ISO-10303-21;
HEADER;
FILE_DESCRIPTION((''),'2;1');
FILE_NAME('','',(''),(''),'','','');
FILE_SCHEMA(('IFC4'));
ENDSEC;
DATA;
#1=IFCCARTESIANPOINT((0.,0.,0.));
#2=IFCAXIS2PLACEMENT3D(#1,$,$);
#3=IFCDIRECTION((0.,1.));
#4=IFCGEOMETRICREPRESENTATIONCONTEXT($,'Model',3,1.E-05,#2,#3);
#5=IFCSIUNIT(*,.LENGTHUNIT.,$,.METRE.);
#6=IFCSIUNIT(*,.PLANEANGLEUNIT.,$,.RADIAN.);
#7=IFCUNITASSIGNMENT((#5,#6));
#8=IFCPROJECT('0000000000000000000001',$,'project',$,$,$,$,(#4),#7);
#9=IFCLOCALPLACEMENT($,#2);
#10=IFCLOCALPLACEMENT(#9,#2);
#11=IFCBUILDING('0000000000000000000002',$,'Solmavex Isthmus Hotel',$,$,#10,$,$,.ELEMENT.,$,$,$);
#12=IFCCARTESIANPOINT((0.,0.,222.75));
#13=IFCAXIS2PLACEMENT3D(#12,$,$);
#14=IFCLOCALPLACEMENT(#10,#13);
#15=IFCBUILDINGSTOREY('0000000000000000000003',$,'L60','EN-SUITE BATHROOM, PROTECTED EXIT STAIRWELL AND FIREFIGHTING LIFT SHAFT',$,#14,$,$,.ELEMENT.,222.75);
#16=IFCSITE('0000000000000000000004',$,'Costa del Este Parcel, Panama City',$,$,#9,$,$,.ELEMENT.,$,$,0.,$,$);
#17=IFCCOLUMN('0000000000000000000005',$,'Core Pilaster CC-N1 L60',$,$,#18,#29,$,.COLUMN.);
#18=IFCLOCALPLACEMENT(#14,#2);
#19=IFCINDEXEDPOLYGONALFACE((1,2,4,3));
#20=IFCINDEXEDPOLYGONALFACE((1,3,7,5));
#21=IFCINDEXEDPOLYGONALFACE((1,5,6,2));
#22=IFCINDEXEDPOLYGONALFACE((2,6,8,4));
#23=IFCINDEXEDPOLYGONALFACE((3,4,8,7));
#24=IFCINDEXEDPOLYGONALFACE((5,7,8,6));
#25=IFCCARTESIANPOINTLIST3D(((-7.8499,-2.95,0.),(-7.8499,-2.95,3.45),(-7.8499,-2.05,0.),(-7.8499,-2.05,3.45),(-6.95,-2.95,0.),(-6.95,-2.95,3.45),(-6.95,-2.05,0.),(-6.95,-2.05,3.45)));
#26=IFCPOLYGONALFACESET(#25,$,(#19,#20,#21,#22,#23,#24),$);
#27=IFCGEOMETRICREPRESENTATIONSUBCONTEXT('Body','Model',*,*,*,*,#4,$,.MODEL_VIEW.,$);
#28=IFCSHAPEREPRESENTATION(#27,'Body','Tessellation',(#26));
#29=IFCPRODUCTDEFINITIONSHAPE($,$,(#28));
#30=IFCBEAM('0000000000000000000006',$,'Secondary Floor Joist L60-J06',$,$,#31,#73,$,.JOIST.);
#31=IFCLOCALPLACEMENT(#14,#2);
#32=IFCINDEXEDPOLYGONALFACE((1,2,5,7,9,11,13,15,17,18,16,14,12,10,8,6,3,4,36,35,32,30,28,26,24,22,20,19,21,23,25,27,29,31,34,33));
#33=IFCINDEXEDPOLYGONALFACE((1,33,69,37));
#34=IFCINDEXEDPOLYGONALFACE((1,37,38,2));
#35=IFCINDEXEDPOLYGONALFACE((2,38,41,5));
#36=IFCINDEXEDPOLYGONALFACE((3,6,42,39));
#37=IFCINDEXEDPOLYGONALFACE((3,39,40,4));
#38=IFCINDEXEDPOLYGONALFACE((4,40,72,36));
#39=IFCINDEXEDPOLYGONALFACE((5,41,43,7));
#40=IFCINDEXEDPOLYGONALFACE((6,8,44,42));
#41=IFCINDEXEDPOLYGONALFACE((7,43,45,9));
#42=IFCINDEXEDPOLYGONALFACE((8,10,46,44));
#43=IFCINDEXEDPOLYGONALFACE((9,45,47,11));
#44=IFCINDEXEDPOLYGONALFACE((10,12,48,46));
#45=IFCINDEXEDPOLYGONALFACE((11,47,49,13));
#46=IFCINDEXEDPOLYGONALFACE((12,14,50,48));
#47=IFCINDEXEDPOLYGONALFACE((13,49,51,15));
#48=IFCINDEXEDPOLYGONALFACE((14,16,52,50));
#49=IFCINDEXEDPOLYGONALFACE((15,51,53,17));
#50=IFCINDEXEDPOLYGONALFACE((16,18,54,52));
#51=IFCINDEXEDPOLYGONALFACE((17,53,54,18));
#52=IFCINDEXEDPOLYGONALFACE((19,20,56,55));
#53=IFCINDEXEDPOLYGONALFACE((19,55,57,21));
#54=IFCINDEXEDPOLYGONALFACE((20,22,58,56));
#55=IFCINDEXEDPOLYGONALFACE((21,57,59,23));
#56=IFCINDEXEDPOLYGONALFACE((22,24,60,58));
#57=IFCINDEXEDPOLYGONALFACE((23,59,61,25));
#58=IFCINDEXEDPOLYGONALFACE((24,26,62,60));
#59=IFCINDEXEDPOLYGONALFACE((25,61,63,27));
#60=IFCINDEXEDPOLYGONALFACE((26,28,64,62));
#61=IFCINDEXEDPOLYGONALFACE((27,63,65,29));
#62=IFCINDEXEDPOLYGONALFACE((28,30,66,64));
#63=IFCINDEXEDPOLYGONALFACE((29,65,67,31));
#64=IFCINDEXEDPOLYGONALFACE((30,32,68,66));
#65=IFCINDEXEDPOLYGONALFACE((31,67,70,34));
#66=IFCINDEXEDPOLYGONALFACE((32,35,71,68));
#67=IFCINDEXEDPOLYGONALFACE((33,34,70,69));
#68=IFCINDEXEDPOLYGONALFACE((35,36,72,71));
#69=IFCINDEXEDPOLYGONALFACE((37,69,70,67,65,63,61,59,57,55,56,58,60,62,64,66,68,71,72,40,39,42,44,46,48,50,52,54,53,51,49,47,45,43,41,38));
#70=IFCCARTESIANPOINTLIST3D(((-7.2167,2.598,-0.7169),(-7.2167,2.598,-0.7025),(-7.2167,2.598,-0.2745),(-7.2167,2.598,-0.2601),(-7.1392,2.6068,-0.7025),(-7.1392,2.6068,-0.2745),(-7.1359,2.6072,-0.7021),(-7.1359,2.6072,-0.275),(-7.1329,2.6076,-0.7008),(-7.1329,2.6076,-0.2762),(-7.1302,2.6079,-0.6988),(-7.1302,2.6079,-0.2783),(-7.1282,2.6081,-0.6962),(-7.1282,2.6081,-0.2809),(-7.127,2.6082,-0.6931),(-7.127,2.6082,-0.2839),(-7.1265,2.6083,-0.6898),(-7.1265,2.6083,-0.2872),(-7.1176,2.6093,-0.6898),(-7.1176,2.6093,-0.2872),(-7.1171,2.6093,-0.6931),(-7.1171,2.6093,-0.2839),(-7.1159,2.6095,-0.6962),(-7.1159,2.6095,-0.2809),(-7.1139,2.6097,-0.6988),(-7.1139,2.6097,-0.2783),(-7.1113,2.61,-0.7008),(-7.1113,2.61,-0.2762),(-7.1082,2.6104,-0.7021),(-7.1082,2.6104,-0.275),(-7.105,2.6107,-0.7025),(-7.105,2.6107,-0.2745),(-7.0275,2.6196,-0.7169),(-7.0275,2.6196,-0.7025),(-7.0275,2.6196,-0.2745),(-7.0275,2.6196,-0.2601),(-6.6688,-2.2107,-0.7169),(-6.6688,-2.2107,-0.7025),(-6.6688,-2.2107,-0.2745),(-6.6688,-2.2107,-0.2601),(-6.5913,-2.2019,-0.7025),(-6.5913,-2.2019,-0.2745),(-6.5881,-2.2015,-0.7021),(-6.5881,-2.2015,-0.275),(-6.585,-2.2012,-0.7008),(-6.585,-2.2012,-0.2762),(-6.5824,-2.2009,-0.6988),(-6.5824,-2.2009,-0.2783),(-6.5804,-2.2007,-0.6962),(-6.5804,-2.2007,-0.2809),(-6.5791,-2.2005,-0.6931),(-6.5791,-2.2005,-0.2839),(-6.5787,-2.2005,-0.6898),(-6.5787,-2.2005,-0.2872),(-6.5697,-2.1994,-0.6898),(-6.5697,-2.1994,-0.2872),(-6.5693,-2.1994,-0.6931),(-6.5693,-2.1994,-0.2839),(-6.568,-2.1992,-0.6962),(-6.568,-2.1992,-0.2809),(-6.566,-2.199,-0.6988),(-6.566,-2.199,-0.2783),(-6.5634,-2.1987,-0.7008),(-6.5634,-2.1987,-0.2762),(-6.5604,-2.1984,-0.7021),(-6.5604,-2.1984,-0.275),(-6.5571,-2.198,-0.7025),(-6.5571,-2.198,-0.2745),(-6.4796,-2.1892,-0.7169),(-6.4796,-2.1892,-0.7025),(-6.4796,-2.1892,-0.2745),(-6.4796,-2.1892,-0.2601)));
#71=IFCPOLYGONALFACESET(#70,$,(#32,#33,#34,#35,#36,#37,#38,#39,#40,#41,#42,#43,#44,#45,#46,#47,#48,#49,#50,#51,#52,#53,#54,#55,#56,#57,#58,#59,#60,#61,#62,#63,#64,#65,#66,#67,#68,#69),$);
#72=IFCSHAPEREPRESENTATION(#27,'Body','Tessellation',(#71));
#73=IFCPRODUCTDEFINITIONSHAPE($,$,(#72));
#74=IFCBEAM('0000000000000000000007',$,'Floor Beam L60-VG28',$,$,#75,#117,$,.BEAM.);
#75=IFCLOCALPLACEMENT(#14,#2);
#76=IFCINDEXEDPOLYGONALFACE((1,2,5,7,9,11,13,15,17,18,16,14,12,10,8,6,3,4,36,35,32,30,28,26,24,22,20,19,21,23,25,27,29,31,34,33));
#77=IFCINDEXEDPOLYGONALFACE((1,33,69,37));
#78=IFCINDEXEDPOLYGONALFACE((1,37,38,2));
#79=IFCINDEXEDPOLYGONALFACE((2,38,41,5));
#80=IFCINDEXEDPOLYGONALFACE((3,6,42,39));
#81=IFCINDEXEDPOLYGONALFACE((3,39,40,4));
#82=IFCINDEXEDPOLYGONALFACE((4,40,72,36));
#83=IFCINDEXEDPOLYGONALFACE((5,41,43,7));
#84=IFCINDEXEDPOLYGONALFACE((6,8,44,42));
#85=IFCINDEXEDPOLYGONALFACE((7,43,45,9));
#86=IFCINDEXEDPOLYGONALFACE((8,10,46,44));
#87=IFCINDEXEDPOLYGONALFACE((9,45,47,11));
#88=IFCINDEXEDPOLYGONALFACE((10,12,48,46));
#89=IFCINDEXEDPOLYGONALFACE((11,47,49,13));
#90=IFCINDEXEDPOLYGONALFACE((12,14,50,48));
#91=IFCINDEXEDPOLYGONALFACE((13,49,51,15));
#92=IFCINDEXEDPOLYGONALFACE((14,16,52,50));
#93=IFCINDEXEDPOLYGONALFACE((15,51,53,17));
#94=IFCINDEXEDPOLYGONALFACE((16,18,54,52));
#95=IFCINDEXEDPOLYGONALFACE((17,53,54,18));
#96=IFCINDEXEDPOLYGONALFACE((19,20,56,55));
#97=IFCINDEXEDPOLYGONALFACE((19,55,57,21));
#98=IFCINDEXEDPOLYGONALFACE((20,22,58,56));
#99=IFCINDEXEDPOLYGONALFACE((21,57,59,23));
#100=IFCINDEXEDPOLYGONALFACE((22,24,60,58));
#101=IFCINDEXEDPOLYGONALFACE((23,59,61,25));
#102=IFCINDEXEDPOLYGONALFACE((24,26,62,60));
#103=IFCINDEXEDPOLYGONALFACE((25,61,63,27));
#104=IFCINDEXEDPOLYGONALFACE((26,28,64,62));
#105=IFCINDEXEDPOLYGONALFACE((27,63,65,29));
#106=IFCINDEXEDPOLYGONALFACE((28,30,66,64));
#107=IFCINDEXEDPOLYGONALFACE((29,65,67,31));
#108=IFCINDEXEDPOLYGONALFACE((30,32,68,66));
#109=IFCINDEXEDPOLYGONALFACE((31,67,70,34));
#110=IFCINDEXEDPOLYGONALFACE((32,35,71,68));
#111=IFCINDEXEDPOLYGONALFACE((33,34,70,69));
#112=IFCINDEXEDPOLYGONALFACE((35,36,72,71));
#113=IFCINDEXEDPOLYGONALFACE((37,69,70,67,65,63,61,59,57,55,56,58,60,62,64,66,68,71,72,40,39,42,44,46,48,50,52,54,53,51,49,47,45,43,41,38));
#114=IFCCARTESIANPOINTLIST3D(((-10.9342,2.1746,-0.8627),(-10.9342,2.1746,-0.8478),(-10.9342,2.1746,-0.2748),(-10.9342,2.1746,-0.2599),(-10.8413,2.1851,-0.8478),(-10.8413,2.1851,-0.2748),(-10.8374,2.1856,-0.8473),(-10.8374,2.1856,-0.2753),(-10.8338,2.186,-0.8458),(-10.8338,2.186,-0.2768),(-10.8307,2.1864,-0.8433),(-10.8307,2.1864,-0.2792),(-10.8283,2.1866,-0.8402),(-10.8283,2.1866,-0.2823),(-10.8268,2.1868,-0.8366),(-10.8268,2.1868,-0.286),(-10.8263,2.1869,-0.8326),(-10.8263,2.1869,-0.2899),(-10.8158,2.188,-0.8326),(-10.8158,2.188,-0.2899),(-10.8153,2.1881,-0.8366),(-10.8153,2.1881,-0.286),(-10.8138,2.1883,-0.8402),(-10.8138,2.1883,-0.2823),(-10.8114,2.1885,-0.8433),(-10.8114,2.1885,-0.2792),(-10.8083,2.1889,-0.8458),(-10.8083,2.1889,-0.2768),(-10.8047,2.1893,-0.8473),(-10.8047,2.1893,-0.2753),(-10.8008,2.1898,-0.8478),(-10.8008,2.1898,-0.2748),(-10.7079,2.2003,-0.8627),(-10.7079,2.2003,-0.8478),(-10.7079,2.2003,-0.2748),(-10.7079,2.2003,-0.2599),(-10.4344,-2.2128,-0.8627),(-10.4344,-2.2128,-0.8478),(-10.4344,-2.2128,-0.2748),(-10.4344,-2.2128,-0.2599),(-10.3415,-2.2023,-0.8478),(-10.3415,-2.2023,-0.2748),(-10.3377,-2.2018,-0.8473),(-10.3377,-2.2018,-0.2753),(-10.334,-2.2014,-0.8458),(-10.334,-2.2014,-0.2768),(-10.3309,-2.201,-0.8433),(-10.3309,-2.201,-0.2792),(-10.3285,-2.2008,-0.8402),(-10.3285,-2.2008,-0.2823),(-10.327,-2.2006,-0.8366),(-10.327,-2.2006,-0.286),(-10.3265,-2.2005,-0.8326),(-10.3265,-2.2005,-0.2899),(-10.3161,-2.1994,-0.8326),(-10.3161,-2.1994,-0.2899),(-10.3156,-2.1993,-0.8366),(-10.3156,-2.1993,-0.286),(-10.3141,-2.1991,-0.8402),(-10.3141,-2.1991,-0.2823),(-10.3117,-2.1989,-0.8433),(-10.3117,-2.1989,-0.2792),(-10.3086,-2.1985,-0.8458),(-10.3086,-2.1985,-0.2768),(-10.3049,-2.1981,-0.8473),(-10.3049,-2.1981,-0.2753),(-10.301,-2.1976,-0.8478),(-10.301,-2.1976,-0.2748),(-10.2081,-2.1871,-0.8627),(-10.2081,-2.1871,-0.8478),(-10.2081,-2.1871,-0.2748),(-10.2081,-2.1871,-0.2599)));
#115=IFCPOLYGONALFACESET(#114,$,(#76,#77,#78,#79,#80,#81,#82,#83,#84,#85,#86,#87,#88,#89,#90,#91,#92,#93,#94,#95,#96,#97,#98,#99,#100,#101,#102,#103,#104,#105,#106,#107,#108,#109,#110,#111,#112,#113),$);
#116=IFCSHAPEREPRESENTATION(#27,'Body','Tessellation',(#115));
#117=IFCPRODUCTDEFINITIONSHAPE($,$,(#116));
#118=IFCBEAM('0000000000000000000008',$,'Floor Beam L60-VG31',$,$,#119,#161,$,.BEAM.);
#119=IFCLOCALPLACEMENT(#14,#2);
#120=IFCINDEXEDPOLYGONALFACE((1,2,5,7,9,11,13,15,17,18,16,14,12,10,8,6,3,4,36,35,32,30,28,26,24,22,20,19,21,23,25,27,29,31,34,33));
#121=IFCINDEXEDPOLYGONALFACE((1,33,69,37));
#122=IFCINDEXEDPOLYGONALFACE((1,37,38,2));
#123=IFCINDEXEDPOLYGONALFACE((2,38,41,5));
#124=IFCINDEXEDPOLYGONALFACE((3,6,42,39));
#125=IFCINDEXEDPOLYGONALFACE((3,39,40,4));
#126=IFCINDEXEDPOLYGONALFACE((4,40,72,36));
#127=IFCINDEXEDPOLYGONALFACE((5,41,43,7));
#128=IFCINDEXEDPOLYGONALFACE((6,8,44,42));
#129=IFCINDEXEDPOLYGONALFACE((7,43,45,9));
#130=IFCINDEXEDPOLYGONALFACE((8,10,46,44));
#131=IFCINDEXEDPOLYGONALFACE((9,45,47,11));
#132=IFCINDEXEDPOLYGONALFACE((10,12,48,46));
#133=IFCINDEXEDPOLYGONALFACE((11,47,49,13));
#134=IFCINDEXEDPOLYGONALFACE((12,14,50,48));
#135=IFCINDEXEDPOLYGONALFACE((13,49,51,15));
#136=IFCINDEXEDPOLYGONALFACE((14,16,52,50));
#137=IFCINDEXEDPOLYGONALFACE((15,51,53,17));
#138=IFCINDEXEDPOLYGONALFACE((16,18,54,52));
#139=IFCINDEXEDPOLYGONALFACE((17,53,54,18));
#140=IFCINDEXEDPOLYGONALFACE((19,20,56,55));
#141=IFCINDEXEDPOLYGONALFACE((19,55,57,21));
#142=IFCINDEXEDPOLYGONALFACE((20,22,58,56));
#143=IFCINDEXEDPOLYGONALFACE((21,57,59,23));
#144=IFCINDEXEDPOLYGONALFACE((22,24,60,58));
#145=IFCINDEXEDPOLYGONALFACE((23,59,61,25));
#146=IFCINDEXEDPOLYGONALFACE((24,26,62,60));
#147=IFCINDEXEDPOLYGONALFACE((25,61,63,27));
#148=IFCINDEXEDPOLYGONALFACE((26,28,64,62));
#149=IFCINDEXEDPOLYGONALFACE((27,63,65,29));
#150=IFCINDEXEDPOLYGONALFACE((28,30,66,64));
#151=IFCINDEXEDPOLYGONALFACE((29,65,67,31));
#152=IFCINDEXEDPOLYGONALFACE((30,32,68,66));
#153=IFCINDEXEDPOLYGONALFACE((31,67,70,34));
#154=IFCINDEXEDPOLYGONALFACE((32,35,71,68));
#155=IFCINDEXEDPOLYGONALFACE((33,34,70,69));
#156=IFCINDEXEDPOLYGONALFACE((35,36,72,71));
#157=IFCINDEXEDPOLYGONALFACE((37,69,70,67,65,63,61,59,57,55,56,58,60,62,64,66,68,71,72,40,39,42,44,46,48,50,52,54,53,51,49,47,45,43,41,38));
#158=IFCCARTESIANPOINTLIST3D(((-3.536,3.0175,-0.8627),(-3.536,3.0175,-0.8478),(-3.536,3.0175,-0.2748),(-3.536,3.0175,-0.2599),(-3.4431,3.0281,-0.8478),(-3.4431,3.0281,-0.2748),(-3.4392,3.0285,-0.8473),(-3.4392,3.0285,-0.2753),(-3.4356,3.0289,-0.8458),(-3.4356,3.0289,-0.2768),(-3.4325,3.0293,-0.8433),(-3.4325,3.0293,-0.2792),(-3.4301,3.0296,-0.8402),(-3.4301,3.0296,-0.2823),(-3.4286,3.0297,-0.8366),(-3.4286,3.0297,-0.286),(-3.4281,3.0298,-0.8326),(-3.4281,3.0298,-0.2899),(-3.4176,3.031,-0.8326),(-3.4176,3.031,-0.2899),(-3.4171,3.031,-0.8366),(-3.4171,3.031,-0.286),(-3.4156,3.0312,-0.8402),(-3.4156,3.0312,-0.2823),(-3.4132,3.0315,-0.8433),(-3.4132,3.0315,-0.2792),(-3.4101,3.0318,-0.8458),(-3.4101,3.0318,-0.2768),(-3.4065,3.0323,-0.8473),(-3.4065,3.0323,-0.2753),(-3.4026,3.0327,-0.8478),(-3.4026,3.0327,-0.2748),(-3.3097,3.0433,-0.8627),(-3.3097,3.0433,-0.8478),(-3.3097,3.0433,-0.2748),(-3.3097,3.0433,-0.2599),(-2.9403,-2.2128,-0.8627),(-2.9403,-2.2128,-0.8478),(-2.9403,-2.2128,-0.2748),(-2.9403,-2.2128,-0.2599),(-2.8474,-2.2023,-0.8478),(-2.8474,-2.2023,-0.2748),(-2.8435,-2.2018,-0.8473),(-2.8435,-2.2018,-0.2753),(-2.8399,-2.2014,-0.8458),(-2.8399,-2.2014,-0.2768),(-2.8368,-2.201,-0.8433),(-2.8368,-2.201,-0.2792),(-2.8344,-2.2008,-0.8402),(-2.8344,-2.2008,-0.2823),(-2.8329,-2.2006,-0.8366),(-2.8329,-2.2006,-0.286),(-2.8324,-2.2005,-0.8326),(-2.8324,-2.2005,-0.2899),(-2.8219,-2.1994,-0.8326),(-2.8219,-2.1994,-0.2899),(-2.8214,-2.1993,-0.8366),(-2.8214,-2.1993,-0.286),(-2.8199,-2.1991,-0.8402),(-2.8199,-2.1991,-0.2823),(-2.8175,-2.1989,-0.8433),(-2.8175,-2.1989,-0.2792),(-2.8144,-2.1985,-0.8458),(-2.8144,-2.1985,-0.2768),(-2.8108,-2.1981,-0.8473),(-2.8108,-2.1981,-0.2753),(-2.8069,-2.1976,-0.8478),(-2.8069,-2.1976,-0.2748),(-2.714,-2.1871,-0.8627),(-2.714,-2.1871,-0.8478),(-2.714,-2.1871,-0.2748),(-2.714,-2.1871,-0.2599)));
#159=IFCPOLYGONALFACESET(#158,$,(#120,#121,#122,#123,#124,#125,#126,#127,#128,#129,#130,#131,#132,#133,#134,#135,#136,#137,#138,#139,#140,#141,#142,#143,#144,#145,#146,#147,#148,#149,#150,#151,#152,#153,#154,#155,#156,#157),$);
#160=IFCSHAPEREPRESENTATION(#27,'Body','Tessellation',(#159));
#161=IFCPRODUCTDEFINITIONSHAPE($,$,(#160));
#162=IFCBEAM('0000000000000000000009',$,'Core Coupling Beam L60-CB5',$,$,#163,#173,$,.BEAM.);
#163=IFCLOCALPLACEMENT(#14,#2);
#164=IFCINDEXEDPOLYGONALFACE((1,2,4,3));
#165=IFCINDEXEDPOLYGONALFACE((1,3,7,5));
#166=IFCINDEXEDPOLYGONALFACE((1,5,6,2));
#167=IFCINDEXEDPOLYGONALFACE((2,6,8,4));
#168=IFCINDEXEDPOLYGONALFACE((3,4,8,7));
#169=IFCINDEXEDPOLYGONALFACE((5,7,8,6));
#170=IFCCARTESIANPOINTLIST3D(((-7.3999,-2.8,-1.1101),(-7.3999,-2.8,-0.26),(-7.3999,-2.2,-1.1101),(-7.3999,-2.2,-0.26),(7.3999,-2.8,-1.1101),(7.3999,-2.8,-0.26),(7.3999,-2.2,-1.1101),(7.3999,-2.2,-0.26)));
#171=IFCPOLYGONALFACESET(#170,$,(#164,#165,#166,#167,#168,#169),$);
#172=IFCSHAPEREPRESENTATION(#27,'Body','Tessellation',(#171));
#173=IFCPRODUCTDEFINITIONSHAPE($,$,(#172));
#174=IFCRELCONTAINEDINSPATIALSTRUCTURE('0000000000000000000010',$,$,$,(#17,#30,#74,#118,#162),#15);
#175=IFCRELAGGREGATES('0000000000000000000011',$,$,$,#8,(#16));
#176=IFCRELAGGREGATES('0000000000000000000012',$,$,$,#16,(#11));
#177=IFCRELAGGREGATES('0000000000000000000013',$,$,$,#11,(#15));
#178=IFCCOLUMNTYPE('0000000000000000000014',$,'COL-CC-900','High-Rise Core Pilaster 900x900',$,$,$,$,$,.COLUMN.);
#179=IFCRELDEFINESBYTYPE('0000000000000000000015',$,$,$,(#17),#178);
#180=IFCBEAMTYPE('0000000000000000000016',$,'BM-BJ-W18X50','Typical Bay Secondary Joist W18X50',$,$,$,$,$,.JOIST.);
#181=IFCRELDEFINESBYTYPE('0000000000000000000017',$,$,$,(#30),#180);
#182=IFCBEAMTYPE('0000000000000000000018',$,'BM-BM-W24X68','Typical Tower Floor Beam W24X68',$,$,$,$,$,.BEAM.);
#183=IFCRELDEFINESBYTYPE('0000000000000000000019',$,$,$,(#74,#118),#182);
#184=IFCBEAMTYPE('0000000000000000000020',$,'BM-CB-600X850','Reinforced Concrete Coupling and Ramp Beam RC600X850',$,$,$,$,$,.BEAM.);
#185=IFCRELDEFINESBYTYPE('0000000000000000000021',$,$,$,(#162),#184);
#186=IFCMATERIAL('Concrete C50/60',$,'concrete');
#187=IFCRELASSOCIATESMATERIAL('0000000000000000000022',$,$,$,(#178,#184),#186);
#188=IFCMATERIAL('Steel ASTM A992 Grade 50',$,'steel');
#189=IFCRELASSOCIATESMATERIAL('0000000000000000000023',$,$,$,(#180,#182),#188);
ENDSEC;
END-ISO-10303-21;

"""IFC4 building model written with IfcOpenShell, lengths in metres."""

from ifc_helpers import new_model, si_unit, direction, frame, origin, origin_2d, place, context, subcontext, project, spatial, rectangle, i_section, extrude, material, material_profile, profile_set, type_object, element, save


model = new_model("IFC4")

# Units and contexts
model_context = context("Model", 3, precision=1e-05, world=origin(), true_north=direction((0.0, 1.0)))
body_context = subcontext(model_context, "Body", "Model", "MODEL_VIEW")
ifc_project = project(units=[si_unit("LENGTHUNIT", "METRE"), si_unit("PLANEANGLEUNIT", "RADIAN")], contexts=[model_context])

# Site, building, storey
site_placement = place(None, origin())
site = spatial("IfcSite", under=ifc_project, at=site_placement, Name="Costa del Este Parcel, Panama City", CompositionType="ELEMENT", RefElevation=0.0)
building_placement = place(site_placement, origin())
building = spatial("IfcBuilding", under=site, at=building_placement, Name="Solmavex Isthmus Hotel", CompositionType="ELEMENT")
storey_placement = place(building_placement, frame((0.0, 0.0, 222.75)))
storey = spatial("IfcBuildingStorey", under=building, at=storey_placement, Name="L60", Description="EN-SUITE BATHROOM, PROTECTED EXIT STAIRWELL AND FIREFIGHTING LIFT SHAFT", CompositionType="ELEMENT", Elevation=222.75)

# Column
ifc_material_1 = material(Name="Concrete C50/60", Category="concrete")
ifc_material_profile_1 = material_profile(ifc_material_1, rectangle(XDim=0.8999, YDim=0.8999, at=origin_2d()), Name="RC900X900")
ifc_profile_set_1 = profile_set([ifc_material_profile_1], Name="Concrete C50/60")
column_type = type_object("IfcColumnType", Name="COL-CC-900", Description="High-Rise Core Pilaster 900x900", PredefinedType="COLUMN", material=ifc_profile_set_1)
column_placement = place(storey_placement, frame((-7.3999, -2.5, 0.0), z_axis=(0.0, 0.0, 1.0), x_axis=(1.0, 0.0, 0.0)))
element("IfcColumn", 1, at=column_placement, inside=storey, type_object=column_type, Name="Core Pilaster CC-N1 L60", PredefinedType="COLUMN", context=body_context, shape_type="SweptSolid", body=[
    extrude(rectangle(XDim=0.8999, YDim=0.8999, at=origin_2d()), origin(), (0.0, 0.0, 1.0), 3.45),
])

# Beams
ifc_material_2 = material(Name="Steel ASTM A992 Grade 50", Category="steel")
ifc_material_profile_2 = material_profile(ifc_material_2, i_section(OverallWidth=0.1904, OverallDepth=0.4568, WebThickness=0.009, FlangeThickness=0.0144, FilletRadius=0.0127, at=origin_2d()), Name="W18X50")
ifc_profile_set_2 = profile_set([ifc_material_profile_2], Name="Steel ASTM A992 Grade 50")
beam_type_1 = type_object("IfcBeamType", Name="BM-BJ-W18X50", Description="Typical Bay Secondary Joist W18X50", PredefinedType="JOIST", material=ifc_profile_set_2)
beam_1_placement = place(storey_placement, frame((-6.5742, -2.2, -0.4885), z_axis=(-0.113194, 0.993573, 0.0), x_axis=(-0.993573, -0.113194, 0.0)))
element("IfcBeam", 2, at=beam_1_placement, inside=storey, type_object=beam_type_1, Name="Secondary Floor Joist L60-J06", PredefinedType="JOIST", context=body_context, shape_type="SweptSolid", body=[
    extrude(i_section(OverallWidth=0.1904, OverallDepth=0.4568, WebThickness=0.009, FlangeThickness=0.0144, FilletRadius=0.0127, at=origin_2d()), origin(), (0.0, 0.0, 1.0), 4.8398),
])
ifc_material_profile_3 = material_profile(ifc_material_2, i_section(OverallWidth=0.2278, OverallDepth=0.6028, WebThickness=0.0105, FlangeThickness=0.0149, FilletRadius=0.0151, at=origin_2d()), Name="W24X68")
ifc_profile_set_3 = profile_set([ifc_material_profile_3], Name="Steel ASTM A992 Grade 50")
beam_type_2 = type_object("IfcBeamType", Name="BM-BM-W24X68", Description="Typical Tower Floor Beam W24X68", PredefinedType="BEAM", material=ifc_profile_set_3)
beam_2_placement = place(storey_placement, frame((-10.3213, -2.2, -0.5613), z_axis=(-0.113174, 0.993575, 0.0), x_axis=(-0.993575, -0.113174, 0.0)))
element("IfcBeam", 3, at=beam_2_placement, inside=storey, type_object=beam_type_2, Name="Floor Beam L60-VG28", PredefinedType="BEAM", context=body_context, shape_type="SweptSolid", body=[
    extrude(i_section(OverallWidth=0.2278, OverallDepth=0.6028, WebThickness=0.0105, FlangeThickness=0.0149, FilletRadius=0.0151, at=origin_2d()), origin(), (0.0, 0.0, 1.0), 4.4158),
])
beam_3_placement = place(storey_placement, frame((-2.8271, -2.2, -0.5613), z_axis=(-0.113159, 0.993577, 0.0), x_axis=(-0.993577, -0.113159, 0.0)))
element("IfcBeam", 4, at=beam_3_placement, inside=storey, type_object=beam_type_2, Name="Floor Beam L60-VG31", PredefinedType="BEAM", context=body_context, shape_type="SweptSolid", body=[
    extrude(i_section(OverallWidth=0.2278, OverallDepth=0.6028, WebThickness=0.0105, FlangeThickness=0.0149, FilletRadius=0.0151, at=origin_2d()), origin(), (0.0, 0.0, 1.0), 5.2642),
])
ifc_material_profile_4 = material_profile(ifc_material_1, rectangle(XDim=0.6001, YDim=0.8501, at=origin_2d()), Name="RC600X850")
ifc_profile_set_4 = profile_set([ifc_material_profile_4], Name="Concrete C50/60")
beam_type_3 = type_object("IfcBeamType", Name="BM-CB-600X850", Description="Reinforced Concrete Coupling and Ramp Beam RC600X850", PredefinedType="BEAM", material=ifc_profile_set_4)
beam_4_placement = place(storey_placement, frame((-7.3999, -2.5, -0.6851), z_axis=(1.0, 0.0, 0.0), x_axis=(0.0, 1.0, 0.0)))
element("IfcBeam", 5, at=beam_4_placement, inside=storey, type_object=beam_type_3, Name="Core Coupling Beam L60-CB5", PredefinedType="BEAM", context=body_context, shape_type="SweptSolid", body=[
    extrude(rectangle(XDim=0.6001, YDim=0.8501, at=origin_2d()), origin(), (0.0, 0.0, 1.0), 14.7998),
])

save(model, "model.ifc")
